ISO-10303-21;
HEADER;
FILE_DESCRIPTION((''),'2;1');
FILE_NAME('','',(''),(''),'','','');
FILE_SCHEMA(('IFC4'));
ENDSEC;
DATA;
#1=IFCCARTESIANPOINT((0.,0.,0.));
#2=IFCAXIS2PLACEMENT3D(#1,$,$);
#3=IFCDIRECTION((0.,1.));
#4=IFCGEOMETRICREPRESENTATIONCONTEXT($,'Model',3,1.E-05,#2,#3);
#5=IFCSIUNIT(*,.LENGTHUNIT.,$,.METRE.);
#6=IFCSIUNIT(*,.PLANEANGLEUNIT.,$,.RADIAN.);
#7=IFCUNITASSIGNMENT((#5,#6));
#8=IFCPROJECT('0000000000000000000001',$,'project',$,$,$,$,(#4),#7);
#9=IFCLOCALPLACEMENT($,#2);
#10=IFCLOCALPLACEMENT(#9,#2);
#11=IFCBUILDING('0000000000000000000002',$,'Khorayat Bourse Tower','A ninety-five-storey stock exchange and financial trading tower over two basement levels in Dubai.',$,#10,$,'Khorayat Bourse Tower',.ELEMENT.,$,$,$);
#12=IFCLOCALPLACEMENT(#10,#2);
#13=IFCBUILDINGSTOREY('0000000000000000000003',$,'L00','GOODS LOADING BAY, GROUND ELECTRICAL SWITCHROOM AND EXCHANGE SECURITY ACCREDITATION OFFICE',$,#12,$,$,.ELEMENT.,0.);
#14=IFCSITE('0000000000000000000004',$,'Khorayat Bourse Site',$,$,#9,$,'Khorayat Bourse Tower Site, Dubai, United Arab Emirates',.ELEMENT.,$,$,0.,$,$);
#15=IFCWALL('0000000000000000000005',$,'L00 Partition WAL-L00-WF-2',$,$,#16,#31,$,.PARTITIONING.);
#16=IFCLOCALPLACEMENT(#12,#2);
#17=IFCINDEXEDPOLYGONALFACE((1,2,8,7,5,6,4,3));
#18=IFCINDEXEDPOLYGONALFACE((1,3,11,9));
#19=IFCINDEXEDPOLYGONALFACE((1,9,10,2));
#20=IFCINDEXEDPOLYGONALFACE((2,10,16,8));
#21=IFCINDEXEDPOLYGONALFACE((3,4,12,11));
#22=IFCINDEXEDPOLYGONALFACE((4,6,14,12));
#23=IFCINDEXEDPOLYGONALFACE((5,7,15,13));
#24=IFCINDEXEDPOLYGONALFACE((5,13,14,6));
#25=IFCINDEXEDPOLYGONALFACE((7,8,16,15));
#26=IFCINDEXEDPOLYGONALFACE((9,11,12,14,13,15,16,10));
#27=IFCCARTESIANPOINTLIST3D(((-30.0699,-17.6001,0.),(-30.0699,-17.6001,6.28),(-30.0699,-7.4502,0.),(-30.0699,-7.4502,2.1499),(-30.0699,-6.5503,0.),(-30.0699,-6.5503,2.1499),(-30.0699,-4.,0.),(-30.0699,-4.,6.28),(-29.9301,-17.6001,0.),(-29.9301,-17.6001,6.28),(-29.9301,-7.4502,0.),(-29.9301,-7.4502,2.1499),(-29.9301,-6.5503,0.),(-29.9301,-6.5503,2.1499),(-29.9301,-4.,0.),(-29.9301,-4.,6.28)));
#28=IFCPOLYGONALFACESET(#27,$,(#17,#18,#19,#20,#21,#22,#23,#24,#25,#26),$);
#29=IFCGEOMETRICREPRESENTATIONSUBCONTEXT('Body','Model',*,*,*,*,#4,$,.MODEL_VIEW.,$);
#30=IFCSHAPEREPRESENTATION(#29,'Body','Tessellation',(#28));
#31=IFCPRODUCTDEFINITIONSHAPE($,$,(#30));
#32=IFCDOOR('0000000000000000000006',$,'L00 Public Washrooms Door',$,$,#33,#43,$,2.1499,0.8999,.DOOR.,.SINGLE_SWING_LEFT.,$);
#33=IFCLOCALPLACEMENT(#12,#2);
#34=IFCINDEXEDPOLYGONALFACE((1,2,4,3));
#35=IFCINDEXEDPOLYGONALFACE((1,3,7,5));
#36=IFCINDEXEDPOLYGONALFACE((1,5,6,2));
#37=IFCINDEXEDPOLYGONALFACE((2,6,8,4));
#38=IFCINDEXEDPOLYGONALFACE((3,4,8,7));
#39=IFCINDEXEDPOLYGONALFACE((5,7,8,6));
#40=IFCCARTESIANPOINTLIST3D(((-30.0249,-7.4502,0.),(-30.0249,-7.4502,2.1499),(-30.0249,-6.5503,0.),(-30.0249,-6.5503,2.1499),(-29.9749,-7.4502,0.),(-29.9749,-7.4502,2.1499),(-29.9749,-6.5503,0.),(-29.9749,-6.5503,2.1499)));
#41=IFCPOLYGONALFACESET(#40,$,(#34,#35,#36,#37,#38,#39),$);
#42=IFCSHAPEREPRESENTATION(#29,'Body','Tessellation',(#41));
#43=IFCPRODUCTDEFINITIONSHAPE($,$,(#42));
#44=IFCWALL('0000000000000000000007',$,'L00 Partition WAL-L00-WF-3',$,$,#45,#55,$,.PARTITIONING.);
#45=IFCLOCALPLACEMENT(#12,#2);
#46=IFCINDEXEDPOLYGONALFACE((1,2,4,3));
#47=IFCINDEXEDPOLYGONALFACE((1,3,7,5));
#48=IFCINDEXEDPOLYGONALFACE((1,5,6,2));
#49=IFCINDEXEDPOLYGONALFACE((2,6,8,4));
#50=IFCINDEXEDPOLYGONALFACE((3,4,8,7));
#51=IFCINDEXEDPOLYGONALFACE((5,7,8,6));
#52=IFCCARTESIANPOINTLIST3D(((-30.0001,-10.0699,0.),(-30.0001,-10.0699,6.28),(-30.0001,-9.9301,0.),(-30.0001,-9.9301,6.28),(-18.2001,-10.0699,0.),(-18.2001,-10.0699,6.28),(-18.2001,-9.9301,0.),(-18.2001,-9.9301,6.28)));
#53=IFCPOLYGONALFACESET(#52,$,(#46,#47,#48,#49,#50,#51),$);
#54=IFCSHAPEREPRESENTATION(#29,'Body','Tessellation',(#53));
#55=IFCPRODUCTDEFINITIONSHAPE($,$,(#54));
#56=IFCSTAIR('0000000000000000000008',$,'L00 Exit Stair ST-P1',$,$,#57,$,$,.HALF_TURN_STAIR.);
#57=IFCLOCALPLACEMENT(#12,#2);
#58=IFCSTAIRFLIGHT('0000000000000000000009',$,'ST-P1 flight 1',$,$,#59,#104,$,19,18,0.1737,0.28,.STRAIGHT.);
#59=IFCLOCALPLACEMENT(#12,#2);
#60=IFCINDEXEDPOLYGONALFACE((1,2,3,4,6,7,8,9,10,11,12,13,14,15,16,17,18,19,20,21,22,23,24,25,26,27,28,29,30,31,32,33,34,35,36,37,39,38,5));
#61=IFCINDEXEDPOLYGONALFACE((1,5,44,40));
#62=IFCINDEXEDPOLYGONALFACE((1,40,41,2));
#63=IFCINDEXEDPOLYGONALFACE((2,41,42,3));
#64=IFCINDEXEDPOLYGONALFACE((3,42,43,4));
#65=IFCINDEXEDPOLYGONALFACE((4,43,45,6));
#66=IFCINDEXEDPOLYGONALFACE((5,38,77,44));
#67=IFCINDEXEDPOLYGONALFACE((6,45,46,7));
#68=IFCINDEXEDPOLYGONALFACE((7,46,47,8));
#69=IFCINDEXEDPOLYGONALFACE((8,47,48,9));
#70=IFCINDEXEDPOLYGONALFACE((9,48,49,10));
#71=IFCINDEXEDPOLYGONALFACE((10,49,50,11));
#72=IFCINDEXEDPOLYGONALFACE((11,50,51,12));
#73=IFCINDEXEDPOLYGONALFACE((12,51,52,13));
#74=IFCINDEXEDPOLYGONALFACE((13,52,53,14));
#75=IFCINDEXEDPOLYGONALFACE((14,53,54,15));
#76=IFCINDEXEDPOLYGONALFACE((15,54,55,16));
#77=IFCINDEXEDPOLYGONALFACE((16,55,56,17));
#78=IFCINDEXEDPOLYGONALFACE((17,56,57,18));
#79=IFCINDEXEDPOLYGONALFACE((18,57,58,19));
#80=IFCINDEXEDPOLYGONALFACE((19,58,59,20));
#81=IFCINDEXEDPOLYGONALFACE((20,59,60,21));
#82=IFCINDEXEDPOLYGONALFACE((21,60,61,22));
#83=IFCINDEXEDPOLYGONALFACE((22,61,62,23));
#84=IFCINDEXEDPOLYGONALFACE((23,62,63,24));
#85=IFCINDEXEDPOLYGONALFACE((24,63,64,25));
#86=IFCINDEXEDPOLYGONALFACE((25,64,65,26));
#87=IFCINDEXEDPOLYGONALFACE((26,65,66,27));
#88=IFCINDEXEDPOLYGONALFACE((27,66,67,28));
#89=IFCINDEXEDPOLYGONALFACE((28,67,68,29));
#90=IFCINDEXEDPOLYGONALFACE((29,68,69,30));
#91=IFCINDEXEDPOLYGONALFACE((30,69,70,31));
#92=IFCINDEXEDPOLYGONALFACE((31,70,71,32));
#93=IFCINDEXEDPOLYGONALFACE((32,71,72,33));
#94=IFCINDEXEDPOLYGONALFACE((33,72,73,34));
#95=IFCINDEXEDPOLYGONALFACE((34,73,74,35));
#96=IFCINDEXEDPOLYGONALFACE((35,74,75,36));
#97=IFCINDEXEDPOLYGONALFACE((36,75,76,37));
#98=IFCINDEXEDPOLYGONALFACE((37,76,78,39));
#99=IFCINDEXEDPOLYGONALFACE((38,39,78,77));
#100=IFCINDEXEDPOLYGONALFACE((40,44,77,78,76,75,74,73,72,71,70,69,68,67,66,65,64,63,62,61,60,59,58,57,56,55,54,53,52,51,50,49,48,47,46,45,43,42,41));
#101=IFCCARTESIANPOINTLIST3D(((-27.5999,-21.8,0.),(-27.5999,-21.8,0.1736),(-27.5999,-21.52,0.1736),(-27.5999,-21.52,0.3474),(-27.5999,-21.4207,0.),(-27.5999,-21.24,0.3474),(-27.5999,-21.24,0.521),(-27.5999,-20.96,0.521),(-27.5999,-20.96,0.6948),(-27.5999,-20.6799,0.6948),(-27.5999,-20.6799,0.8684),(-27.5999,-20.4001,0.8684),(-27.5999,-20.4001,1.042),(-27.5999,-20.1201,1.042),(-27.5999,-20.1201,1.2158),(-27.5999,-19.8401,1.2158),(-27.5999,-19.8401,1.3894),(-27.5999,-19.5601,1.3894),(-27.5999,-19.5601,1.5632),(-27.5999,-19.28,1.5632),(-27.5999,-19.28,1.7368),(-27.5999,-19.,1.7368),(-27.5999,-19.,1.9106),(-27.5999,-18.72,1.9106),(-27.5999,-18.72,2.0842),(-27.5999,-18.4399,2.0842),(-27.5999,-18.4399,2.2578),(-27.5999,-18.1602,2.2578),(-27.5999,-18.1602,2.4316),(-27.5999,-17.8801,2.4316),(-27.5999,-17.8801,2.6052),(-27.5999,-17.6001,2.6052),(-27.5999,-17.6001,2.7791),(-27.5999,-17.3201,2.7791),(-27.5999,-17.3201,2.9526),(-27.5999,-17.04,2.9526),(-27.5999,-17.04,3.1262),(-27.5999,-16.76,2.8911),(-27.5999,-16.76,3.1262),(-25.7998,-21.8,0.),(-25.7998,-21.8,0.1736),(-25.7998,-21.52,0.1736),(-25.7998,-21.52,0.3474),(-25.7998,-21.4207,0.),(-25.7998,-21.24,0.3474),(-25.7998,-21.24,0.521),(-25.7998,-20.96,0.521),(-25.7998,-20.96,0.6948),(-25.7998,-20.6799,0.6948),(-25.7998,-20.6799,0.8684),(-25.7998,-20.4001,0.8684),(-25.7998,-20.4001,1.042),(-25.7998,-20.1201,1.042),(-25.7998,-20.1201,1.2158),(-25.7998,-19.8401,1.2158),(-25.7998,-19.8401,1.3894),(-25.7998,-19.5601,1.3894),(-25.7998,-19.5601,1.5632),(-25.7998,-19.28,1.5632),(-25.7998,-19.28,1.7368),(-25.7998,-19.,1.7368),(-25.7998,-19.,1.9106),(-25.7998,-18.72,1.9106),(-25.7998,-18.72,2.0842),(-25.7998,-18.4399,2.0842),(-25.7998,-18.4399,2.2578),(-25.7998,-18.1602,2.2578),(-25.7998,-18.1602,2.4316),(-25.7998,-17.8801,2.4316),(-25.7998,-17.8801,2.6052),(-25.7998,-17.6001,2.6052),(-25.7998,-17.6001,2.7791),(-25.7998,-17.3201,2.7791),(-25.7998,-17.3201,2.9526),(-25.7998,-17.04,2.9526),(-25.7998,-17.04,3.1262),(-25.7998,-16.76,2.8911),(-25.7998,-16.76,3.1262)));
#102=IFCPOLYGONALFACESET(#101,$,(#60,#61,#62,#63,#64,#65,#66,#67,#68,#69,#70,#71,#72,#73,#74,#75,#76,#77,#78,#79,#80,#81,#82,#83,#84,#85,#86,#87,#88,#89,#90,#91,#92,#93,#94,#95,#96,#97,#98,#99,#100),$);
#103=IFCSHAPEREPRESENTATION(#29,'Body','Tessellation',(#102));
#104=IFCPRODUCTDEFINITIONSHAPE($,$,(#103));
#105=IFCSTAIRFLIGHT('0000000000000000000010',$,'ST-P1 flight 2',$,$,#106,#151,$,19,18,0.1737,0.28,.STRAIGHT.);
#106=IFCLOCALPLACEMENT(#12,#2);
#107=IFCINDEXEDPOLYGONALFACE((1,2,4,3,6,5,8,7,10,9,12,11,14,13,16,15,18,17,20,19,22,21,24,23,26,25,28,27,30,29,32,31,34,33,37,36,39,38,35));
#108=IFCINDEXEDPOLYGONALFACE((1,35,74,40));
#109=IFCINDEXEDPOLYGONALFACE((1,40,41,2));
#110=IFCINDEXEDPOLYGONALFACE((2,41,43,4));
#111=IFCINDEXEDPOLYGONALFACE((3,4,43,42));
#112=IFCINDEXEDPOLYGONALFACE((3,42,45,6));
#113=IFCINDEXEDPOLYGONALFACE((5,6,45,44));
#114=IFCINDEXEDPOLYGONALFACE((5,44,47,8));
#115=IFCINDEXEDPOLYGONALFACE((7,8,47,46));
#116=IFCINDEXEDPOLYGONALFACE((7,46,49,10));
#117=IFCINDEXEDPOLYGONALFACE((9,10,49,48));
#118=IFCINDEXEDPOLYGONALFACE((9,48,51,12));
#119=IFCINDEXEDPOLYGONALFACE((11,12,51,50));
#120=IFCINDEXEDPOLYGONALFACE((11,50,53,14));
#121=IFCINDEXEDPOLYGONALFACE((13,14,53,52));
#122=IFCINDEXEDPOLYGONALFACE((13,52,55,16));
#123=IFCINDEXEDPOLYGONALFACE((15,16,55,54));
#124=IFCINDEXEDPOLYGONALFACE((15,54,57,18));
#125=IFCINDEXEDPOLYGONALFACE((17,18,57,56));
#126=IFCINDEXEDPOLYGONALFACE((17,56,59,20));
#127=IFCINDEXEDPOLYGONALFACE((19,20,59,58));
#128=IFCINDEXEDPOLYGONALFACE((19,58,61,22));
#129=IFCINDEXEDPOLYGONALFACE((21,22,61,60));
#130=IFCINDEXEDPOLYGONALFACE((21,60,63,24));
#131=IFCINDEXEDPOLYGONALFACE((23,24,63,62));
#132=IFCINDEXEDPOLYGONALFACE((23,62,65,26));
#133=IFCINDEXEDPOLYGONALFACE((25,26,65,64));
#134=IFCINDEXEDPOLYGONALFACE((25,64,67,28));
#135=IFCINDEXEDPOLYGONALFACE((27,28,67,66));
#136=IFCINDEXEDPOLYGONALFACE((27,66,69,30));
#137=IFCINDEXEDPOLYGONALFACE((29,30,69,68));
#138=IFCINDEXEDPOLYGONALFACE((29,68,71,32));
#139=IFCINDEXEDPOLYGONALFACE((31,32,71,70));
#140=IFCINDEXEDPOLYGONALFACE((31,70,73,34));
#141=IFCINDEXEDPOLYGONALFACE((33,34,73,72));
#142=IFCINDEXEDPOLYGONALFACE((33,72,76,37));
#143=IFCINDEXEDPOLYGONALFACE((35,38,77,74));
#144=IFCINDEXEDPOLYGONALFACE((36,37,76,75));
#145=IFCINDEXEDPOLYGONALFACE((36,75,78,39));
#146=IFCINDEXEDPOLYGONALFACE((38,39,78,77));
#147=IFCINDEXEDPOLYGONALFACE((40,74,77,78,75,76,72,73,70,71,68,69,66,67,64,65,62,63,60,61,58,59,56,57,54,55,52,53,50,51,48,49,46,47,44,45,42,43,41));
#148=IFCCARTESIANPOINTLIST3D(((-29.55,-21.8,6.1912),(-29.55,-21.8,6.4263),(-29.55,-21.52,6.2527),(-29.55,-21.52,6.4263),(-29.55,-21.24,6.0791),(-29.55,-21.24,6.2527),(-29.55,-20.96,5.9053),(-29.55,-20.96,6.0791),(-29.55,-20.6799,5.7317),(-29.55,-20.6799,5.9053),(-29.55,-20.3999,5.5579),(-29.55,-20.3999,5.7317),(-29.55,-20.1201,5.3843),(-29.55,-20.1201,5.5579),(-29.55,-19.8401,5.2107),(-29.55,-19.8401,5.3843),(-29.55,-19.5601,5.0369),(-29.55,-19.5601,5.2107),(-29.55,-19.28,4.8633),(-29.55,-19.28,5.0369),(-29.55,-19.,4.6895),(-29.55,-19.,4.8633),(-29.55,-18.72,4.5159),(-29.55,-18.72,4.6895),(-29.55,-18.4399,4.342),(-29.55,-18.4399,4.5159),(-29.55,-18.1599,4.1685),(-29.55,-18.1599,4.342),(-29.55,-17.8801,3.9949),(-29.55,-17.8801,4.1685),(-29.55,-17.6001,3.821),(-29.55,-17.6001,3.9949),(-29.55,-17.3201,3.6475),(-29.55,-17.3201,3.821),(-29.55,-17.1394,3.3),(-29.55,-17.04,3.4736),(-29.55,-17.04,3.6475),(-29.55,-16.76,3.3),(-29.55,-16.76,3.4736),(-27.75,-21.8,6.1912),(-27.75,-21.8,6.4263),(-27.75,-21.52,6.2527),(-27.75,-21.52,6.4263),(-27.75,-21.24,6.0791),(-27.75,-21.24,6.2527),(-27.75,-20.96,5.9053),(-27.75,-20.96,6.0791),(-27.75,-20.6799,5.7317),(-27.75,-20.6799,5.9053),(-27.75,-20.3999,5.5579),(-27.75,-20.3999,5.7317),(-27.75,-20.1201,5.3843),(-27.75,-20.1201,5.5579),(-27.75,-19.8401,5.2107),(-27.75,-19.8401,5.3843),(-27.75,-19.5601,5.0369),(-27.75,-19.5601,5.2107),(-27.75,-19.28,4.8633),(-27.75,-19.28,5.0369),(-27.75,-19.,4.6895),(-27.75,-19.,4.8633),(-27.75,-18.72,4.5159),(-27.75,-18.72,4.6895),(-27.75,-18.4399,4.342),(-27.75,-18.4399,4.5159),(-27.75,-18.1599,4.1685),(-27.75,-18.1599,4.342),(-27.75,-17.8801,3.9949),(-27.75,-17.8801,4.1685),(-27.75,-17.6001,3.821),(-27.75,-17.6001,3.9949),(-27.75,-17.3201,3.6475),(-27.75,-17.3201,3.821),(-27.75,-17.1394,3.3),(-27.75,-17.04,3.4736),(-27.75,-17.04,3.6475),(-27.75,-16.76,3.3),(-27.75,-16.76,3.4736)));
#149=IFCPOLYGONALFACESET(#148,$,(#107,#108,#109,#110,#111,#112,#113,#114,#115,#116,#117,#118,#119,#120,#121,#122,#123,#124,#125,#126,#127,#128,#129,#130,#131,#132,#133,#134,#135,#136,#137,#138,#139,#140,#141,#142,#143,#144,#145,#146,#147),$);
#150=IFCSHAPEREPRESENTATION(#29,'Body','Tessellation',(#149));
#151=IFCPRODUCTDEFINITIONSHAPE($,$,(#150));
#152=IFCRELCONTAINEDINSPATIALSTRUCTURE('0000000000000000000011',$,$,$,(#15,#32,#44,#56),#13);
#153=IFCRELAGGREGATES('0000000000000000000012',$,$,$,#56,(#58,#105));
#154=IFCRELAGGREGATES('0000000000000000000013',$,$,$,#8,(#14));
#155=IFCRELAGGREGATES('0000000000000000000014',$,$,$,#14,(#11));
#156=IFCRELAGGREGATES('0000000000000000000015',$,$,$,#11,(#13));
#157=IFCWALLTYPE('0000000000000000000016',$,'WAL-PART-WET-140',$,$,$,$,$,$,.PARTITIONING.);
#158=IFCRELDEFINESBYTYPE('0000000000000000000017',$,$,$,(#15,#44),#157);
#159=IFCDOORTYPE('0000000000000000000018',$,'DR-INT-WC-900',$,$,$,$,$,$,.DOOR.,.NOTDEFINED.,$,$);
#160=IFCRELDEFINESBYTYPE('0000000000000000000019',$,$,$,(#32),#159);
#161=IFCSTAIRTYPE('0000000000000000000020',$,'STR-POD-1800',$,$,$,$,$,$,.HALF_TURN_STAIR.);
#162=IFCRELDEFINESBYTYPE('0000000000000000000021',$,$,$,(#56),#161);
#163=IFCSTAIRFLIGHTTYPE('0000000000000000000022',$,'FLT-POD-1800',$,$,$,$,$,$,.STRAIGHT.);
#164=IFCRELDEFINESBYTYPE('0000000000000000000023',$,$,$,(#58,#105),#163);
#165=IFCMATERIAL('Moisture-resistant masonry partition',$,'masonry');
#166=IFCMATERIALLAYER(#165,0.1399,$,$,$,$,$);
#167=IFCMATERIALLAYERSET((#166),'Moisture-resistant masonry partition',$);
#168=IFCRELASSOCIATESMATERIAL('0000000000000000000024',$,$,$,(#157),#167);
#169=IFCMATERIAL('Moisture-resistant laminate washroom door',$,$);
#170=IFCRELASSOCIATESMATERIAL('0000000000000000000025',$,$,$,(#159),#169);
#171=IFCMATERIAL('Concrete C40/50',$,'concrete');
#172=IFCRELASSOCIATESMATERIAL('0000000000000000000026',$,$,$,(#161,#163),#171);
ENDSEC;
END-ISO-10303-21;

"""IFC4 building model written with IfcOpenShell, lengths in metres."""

from ifc_helpers import new_model, si_unit, direction, frame, frame_2d, origin, place, context, subcontext, project, spatial, polyline, rectangle, outline, extrude, source, transform, mapped, material, layer, layer_set, type_object, element, fill, aggregate, save


model = new_model("IFC4")

# Units and contexts
model_context = context("Model", 3, precision=1e-05, world=origin(), true_north=direction((0.0, 1.0)))
body_context = subcontext(model_context, "Body", "Model", "MODEL_VIEW")
ifc_project = project(units=[si_unit("LENGTHUNIT", "METRE"), si_unit("PLANEANGLEUNIT", "RADIAN")], contexts=[model_context])

# Site, building, storey
site_placement = place(None, origin())
site = spatial("IfcSite", under=ifc_project, at=site_placement, Name="Khorayat Bourse Site", LongName="Khorayat Bourse Tower Site, Dubai, United Arab Emirates", CompositionType="ELEMENT", RefElevation=0.0)
building_placement = place(site_placement, origin())
building = spatial("IfcBuilding", under=site, at=building_placement, Name="Khorayat Bourse Tower", Description="A ninety-five-storey stock exchange and financial trading tower over two basement levels in Dubai.", LongName="Khorayat Bourse Tower", CompositionType="ELEMENT")
storey_placement = place(building_placement, origin())
storey = spatial("IfcBuildingStorey", under=building, at=storey_placement, Name="L00", Description="GOODS LOADING BAY, GROUND ELECTRICAL SWITCHROOM AND EXCHANGE SECURITY ACCREDITATION OFFICE", CompositionType="ELEMENT", Elevation=0.0)

# Wall, opening, door
ifc_material_1 = material(Name="Moisture-resistant masonry partition", Category="masonry")
ifc_layer_1 = layer(ifc_material_1, 0.1399)
ifc_layer_set_1 = layer_set([ifc_layer_1], Name="Moisture-resistant masonry partition")
wall_type_1 = type_object("IfcWallType", Name="WAL-PART-WET-140", PredefinedType="PARTITIONING", material=ifc_layer_set_1)
shared_shape_1 = source(origin(), body_context, "Body", "SweptSolid", [
    extrude(rectangle(XDim=13.6001, YDim=0.1399, at=frame_2d((6.8, 0.0))), origin(), (0.0, 0.0, 1.0), 6.28),
])
wall_1_placement = place(storey_placement, frame((-30.0, -17.6001, 0.0), z_axis=(0.0, 0.0, 1.0), x_axis=(0.0, 1.0, 0.0)))
wall_1 = element("IfcWall", 1, at=wall_1_placement, inside=storey, type_object=wall_type_1, Name="L00 Partition WAL-L00-WF-2", PredefinedType="PARTITIONING", context=body_context, shape_type="MappedRepresentation", body=[
    mapped(shared_shape_1, transform((0.0, 0.0, 0.0), scale=1.0)),
])
shared_shape_2 = source(origin(), body_context, "Body", "SweptSolid", [
    extrude(rectangle(XDim=0.8999, YDim=2.1499, at=frame_2d((0.45, 1.075))), frame((0.0, 0.0798, 0.0), z_axis=(0.0, -1.0, 0.0), x_axis=(1.0, 0.0, 0.0)), (0.0, 0.0, 1.0), 0.1599),
])
opening_1_placement = place(wall_1_placement, frame((10.1499, 0.0, 0.0)))
opening_1 = element("IfcOpeningElement", 2, at=opening_1_placement, cuts=wall_1, PredefinedType="OPENING", context=body_context, shape_type="MappedRepresentation", body=[
    mapped(shared_shape_2, transform((0.0, 0.0, 0.0), scale=1.0)),
])
ifc_material_2 = material(Name="Moisture-resistant laminate washroom door")
door_type_1 = type_object("IfcDoorType", Name="DR-INT-WC-900", OperationType="NOTDEFINED", PredefinedType="DOOR", material=ifc_material_2)
shared_shape_3 = source(origin(), body_context, "Body", "SweptSolid", [
    extrude(rectangle(XDim=0.8999, YDim=2.1499, at=frame_2d((0.45, 1.075))), frame((0.0, 0.0249, 0.0), z_axis=(0.0, -1.0, 0.0), x_axis=(1.0, 0.0, 0.0)), (0.0, 0.0, 1.0), 0.05),
])
door_1_placement = place(opening_1_placement, origin())
door_1 = element("IfcDoor", 3, at=door_1_placement, inside=storey, type_object=door_type_1, Name="L00 Public Washrooms Door", OperationType="SINGLE_SWING_LEFT", OverallHeight=2.1499, OverallWidth=0.8999, PredefinedType="DOOR", context=body_context, shape_type="MappedRepresentation", body=[
    mapped(shared_shape_3, transform((0.0, 0.0, 0.0), scale=1.0)),
])
fill(opening_1, door_1)

# Wall
shared_shape_4 = source(origin(), body_context, "Body", "SweptSolid", [
    extrude(rectangle(XDim=11.8, YDim=0.1399, at=frame_2d((5.8999, 0.0))), origin(), (0.0, 0.0, 1.0), 6.28),
])
wall_2_placement = place(storey_placement, frame((-30.0, -10.0, 0.0), z_axis=(0.0, 0.0, 1.0), x_axis=(1.0, 0.0, 0.0)))
element("IfcWall", 4, at=wall_2_placement, inside=storey, type_object=wall_type_1, Name="L00 Partition WAL-L00-WF-3", PredefinedType="PARTITIONING", context=body_context, shape_type="MappedRepresentation", body=[
    mapped(shared_shape_4, transform((0.0, 0.0, 0.0), scale=1.0)),
])

# Stair, stair flights
ifc_material_3 = material(Name="Concrete C40/50", Category="concrete")
stair_type = type_object("IfcStairType", Name="STR-POD-1800", PredefinedType="HALF_TURN_STAIR", material=ifc_material_3)
stair_placement = place(storey_placement, origin())
stair = element("IfcStair", 5, at=stair_placement, inside=storey, type_object=stair_type, Name="L00 Exit Stair ST-P1", PredefinedType="HALF_TURN_STAIR")
stair_flight_type = type_object("IfcStairFlightType", Name="FLT-POD-1800", PredefinedType="STRAIGHT", material=ifc_material_3)
shared_shape_5 = source(origin(), body_context, "Body", "SweptSolid", [
    extrude(outline(polyline([(0.0, 0.0), (0.0, 0.1736), (0.28, 0.1736), (0.28, 0.3474), (0.5601, 0.3474), (0.5601, 0.521), (0.8401, 0.521), (0.8401, 0.6948), (1.1201, 0.6948), (1.1201, 0.8684), (1.3999, 0.8684), (1.3999, 1.042), (1.6799, 1.042), (1.6799, 1.2158), (1.96, 1.2158), (1.96, 1.3894), (2.24, 1.3894), (2.24, 1.5632), (2.52, 1.5632), (2.52, 1.7368), (2.8, 1.7368), (2.8, 1.9106), (3.0801, 1.9106), (3.0801, 2.0842), (3.3601, 2.0842), (3.3601, 2.2578), (3.6399, 2.2578), (3.6399, 2.4316), (3.9199, 2.4316), (3.9199, 2.6052), (4.2, 2.6052), (4.2, 2.7791), (4.48, 2.7791), (4.48, 2.9526), (4.76, 2.9526), (4.76, 3.1262), (5.04, 3.1262), (5.04, 3.3), (5.04, 2.8911), (0.3794, 0.0), (0.0, 0.0)])), frame((0.0, 0.8999, 0.0), z_axis=(0.0, -1.0, 0.0), x_axis=(1.0, 0.0, 0.0)), (0.0, 0.0, 1.0), 1.8),
])
stair_flight_1_placement = place(storey_placement, frame((-26.7, -21.8, 0.0), z_axis=(0.0, 0.0, 1.0), x_axis=(0.0, 1.0, 0.0)))
stair_flight_1 = element("IfcStairFlight", 6, at=stair_flight_1_placement, type_object=stair_flight_type, Name="ST-P1 flight 1", NumberOfRisers=19, NumberOfTreads=18, PredefinedType="STRAIGHT", RiserHeight=0.1737, TreadLength=0.28, context=body_context, shape_type="MappedRepresentation", body=[
    mapped(shared_shape_5, transform((0.0, 0.0, 0.0), scale=1.0)),
])
stair_flight_2_placement = place(storey_placement, frame((-28.6499, -16.76, 3.3), z_axis=(0.0, 0.0, 1.0), x_axis=(0.0, -1.0, 0.0)))
stair_flight_2 = element("IfcStairFlight", 7, at=stair_flight_2_placement, type_object=stair_flight_type, Name="ST-P1 flight 2", NumberOfRisers=19, NumberOfTreads=18, PredefinedType="STRAIGHT", RiserHeight=0.1737, TreadLength=0.28, context=body_context, shape_type="MappedRepresentation", body=[
    mapped(shared_shape_5, transform((0.0, 0.0, 0.0), scale=1.0)),
])
aggregate(stair, [stair_flight_1, stair_flight_2])

save(model, "model.ifc")
